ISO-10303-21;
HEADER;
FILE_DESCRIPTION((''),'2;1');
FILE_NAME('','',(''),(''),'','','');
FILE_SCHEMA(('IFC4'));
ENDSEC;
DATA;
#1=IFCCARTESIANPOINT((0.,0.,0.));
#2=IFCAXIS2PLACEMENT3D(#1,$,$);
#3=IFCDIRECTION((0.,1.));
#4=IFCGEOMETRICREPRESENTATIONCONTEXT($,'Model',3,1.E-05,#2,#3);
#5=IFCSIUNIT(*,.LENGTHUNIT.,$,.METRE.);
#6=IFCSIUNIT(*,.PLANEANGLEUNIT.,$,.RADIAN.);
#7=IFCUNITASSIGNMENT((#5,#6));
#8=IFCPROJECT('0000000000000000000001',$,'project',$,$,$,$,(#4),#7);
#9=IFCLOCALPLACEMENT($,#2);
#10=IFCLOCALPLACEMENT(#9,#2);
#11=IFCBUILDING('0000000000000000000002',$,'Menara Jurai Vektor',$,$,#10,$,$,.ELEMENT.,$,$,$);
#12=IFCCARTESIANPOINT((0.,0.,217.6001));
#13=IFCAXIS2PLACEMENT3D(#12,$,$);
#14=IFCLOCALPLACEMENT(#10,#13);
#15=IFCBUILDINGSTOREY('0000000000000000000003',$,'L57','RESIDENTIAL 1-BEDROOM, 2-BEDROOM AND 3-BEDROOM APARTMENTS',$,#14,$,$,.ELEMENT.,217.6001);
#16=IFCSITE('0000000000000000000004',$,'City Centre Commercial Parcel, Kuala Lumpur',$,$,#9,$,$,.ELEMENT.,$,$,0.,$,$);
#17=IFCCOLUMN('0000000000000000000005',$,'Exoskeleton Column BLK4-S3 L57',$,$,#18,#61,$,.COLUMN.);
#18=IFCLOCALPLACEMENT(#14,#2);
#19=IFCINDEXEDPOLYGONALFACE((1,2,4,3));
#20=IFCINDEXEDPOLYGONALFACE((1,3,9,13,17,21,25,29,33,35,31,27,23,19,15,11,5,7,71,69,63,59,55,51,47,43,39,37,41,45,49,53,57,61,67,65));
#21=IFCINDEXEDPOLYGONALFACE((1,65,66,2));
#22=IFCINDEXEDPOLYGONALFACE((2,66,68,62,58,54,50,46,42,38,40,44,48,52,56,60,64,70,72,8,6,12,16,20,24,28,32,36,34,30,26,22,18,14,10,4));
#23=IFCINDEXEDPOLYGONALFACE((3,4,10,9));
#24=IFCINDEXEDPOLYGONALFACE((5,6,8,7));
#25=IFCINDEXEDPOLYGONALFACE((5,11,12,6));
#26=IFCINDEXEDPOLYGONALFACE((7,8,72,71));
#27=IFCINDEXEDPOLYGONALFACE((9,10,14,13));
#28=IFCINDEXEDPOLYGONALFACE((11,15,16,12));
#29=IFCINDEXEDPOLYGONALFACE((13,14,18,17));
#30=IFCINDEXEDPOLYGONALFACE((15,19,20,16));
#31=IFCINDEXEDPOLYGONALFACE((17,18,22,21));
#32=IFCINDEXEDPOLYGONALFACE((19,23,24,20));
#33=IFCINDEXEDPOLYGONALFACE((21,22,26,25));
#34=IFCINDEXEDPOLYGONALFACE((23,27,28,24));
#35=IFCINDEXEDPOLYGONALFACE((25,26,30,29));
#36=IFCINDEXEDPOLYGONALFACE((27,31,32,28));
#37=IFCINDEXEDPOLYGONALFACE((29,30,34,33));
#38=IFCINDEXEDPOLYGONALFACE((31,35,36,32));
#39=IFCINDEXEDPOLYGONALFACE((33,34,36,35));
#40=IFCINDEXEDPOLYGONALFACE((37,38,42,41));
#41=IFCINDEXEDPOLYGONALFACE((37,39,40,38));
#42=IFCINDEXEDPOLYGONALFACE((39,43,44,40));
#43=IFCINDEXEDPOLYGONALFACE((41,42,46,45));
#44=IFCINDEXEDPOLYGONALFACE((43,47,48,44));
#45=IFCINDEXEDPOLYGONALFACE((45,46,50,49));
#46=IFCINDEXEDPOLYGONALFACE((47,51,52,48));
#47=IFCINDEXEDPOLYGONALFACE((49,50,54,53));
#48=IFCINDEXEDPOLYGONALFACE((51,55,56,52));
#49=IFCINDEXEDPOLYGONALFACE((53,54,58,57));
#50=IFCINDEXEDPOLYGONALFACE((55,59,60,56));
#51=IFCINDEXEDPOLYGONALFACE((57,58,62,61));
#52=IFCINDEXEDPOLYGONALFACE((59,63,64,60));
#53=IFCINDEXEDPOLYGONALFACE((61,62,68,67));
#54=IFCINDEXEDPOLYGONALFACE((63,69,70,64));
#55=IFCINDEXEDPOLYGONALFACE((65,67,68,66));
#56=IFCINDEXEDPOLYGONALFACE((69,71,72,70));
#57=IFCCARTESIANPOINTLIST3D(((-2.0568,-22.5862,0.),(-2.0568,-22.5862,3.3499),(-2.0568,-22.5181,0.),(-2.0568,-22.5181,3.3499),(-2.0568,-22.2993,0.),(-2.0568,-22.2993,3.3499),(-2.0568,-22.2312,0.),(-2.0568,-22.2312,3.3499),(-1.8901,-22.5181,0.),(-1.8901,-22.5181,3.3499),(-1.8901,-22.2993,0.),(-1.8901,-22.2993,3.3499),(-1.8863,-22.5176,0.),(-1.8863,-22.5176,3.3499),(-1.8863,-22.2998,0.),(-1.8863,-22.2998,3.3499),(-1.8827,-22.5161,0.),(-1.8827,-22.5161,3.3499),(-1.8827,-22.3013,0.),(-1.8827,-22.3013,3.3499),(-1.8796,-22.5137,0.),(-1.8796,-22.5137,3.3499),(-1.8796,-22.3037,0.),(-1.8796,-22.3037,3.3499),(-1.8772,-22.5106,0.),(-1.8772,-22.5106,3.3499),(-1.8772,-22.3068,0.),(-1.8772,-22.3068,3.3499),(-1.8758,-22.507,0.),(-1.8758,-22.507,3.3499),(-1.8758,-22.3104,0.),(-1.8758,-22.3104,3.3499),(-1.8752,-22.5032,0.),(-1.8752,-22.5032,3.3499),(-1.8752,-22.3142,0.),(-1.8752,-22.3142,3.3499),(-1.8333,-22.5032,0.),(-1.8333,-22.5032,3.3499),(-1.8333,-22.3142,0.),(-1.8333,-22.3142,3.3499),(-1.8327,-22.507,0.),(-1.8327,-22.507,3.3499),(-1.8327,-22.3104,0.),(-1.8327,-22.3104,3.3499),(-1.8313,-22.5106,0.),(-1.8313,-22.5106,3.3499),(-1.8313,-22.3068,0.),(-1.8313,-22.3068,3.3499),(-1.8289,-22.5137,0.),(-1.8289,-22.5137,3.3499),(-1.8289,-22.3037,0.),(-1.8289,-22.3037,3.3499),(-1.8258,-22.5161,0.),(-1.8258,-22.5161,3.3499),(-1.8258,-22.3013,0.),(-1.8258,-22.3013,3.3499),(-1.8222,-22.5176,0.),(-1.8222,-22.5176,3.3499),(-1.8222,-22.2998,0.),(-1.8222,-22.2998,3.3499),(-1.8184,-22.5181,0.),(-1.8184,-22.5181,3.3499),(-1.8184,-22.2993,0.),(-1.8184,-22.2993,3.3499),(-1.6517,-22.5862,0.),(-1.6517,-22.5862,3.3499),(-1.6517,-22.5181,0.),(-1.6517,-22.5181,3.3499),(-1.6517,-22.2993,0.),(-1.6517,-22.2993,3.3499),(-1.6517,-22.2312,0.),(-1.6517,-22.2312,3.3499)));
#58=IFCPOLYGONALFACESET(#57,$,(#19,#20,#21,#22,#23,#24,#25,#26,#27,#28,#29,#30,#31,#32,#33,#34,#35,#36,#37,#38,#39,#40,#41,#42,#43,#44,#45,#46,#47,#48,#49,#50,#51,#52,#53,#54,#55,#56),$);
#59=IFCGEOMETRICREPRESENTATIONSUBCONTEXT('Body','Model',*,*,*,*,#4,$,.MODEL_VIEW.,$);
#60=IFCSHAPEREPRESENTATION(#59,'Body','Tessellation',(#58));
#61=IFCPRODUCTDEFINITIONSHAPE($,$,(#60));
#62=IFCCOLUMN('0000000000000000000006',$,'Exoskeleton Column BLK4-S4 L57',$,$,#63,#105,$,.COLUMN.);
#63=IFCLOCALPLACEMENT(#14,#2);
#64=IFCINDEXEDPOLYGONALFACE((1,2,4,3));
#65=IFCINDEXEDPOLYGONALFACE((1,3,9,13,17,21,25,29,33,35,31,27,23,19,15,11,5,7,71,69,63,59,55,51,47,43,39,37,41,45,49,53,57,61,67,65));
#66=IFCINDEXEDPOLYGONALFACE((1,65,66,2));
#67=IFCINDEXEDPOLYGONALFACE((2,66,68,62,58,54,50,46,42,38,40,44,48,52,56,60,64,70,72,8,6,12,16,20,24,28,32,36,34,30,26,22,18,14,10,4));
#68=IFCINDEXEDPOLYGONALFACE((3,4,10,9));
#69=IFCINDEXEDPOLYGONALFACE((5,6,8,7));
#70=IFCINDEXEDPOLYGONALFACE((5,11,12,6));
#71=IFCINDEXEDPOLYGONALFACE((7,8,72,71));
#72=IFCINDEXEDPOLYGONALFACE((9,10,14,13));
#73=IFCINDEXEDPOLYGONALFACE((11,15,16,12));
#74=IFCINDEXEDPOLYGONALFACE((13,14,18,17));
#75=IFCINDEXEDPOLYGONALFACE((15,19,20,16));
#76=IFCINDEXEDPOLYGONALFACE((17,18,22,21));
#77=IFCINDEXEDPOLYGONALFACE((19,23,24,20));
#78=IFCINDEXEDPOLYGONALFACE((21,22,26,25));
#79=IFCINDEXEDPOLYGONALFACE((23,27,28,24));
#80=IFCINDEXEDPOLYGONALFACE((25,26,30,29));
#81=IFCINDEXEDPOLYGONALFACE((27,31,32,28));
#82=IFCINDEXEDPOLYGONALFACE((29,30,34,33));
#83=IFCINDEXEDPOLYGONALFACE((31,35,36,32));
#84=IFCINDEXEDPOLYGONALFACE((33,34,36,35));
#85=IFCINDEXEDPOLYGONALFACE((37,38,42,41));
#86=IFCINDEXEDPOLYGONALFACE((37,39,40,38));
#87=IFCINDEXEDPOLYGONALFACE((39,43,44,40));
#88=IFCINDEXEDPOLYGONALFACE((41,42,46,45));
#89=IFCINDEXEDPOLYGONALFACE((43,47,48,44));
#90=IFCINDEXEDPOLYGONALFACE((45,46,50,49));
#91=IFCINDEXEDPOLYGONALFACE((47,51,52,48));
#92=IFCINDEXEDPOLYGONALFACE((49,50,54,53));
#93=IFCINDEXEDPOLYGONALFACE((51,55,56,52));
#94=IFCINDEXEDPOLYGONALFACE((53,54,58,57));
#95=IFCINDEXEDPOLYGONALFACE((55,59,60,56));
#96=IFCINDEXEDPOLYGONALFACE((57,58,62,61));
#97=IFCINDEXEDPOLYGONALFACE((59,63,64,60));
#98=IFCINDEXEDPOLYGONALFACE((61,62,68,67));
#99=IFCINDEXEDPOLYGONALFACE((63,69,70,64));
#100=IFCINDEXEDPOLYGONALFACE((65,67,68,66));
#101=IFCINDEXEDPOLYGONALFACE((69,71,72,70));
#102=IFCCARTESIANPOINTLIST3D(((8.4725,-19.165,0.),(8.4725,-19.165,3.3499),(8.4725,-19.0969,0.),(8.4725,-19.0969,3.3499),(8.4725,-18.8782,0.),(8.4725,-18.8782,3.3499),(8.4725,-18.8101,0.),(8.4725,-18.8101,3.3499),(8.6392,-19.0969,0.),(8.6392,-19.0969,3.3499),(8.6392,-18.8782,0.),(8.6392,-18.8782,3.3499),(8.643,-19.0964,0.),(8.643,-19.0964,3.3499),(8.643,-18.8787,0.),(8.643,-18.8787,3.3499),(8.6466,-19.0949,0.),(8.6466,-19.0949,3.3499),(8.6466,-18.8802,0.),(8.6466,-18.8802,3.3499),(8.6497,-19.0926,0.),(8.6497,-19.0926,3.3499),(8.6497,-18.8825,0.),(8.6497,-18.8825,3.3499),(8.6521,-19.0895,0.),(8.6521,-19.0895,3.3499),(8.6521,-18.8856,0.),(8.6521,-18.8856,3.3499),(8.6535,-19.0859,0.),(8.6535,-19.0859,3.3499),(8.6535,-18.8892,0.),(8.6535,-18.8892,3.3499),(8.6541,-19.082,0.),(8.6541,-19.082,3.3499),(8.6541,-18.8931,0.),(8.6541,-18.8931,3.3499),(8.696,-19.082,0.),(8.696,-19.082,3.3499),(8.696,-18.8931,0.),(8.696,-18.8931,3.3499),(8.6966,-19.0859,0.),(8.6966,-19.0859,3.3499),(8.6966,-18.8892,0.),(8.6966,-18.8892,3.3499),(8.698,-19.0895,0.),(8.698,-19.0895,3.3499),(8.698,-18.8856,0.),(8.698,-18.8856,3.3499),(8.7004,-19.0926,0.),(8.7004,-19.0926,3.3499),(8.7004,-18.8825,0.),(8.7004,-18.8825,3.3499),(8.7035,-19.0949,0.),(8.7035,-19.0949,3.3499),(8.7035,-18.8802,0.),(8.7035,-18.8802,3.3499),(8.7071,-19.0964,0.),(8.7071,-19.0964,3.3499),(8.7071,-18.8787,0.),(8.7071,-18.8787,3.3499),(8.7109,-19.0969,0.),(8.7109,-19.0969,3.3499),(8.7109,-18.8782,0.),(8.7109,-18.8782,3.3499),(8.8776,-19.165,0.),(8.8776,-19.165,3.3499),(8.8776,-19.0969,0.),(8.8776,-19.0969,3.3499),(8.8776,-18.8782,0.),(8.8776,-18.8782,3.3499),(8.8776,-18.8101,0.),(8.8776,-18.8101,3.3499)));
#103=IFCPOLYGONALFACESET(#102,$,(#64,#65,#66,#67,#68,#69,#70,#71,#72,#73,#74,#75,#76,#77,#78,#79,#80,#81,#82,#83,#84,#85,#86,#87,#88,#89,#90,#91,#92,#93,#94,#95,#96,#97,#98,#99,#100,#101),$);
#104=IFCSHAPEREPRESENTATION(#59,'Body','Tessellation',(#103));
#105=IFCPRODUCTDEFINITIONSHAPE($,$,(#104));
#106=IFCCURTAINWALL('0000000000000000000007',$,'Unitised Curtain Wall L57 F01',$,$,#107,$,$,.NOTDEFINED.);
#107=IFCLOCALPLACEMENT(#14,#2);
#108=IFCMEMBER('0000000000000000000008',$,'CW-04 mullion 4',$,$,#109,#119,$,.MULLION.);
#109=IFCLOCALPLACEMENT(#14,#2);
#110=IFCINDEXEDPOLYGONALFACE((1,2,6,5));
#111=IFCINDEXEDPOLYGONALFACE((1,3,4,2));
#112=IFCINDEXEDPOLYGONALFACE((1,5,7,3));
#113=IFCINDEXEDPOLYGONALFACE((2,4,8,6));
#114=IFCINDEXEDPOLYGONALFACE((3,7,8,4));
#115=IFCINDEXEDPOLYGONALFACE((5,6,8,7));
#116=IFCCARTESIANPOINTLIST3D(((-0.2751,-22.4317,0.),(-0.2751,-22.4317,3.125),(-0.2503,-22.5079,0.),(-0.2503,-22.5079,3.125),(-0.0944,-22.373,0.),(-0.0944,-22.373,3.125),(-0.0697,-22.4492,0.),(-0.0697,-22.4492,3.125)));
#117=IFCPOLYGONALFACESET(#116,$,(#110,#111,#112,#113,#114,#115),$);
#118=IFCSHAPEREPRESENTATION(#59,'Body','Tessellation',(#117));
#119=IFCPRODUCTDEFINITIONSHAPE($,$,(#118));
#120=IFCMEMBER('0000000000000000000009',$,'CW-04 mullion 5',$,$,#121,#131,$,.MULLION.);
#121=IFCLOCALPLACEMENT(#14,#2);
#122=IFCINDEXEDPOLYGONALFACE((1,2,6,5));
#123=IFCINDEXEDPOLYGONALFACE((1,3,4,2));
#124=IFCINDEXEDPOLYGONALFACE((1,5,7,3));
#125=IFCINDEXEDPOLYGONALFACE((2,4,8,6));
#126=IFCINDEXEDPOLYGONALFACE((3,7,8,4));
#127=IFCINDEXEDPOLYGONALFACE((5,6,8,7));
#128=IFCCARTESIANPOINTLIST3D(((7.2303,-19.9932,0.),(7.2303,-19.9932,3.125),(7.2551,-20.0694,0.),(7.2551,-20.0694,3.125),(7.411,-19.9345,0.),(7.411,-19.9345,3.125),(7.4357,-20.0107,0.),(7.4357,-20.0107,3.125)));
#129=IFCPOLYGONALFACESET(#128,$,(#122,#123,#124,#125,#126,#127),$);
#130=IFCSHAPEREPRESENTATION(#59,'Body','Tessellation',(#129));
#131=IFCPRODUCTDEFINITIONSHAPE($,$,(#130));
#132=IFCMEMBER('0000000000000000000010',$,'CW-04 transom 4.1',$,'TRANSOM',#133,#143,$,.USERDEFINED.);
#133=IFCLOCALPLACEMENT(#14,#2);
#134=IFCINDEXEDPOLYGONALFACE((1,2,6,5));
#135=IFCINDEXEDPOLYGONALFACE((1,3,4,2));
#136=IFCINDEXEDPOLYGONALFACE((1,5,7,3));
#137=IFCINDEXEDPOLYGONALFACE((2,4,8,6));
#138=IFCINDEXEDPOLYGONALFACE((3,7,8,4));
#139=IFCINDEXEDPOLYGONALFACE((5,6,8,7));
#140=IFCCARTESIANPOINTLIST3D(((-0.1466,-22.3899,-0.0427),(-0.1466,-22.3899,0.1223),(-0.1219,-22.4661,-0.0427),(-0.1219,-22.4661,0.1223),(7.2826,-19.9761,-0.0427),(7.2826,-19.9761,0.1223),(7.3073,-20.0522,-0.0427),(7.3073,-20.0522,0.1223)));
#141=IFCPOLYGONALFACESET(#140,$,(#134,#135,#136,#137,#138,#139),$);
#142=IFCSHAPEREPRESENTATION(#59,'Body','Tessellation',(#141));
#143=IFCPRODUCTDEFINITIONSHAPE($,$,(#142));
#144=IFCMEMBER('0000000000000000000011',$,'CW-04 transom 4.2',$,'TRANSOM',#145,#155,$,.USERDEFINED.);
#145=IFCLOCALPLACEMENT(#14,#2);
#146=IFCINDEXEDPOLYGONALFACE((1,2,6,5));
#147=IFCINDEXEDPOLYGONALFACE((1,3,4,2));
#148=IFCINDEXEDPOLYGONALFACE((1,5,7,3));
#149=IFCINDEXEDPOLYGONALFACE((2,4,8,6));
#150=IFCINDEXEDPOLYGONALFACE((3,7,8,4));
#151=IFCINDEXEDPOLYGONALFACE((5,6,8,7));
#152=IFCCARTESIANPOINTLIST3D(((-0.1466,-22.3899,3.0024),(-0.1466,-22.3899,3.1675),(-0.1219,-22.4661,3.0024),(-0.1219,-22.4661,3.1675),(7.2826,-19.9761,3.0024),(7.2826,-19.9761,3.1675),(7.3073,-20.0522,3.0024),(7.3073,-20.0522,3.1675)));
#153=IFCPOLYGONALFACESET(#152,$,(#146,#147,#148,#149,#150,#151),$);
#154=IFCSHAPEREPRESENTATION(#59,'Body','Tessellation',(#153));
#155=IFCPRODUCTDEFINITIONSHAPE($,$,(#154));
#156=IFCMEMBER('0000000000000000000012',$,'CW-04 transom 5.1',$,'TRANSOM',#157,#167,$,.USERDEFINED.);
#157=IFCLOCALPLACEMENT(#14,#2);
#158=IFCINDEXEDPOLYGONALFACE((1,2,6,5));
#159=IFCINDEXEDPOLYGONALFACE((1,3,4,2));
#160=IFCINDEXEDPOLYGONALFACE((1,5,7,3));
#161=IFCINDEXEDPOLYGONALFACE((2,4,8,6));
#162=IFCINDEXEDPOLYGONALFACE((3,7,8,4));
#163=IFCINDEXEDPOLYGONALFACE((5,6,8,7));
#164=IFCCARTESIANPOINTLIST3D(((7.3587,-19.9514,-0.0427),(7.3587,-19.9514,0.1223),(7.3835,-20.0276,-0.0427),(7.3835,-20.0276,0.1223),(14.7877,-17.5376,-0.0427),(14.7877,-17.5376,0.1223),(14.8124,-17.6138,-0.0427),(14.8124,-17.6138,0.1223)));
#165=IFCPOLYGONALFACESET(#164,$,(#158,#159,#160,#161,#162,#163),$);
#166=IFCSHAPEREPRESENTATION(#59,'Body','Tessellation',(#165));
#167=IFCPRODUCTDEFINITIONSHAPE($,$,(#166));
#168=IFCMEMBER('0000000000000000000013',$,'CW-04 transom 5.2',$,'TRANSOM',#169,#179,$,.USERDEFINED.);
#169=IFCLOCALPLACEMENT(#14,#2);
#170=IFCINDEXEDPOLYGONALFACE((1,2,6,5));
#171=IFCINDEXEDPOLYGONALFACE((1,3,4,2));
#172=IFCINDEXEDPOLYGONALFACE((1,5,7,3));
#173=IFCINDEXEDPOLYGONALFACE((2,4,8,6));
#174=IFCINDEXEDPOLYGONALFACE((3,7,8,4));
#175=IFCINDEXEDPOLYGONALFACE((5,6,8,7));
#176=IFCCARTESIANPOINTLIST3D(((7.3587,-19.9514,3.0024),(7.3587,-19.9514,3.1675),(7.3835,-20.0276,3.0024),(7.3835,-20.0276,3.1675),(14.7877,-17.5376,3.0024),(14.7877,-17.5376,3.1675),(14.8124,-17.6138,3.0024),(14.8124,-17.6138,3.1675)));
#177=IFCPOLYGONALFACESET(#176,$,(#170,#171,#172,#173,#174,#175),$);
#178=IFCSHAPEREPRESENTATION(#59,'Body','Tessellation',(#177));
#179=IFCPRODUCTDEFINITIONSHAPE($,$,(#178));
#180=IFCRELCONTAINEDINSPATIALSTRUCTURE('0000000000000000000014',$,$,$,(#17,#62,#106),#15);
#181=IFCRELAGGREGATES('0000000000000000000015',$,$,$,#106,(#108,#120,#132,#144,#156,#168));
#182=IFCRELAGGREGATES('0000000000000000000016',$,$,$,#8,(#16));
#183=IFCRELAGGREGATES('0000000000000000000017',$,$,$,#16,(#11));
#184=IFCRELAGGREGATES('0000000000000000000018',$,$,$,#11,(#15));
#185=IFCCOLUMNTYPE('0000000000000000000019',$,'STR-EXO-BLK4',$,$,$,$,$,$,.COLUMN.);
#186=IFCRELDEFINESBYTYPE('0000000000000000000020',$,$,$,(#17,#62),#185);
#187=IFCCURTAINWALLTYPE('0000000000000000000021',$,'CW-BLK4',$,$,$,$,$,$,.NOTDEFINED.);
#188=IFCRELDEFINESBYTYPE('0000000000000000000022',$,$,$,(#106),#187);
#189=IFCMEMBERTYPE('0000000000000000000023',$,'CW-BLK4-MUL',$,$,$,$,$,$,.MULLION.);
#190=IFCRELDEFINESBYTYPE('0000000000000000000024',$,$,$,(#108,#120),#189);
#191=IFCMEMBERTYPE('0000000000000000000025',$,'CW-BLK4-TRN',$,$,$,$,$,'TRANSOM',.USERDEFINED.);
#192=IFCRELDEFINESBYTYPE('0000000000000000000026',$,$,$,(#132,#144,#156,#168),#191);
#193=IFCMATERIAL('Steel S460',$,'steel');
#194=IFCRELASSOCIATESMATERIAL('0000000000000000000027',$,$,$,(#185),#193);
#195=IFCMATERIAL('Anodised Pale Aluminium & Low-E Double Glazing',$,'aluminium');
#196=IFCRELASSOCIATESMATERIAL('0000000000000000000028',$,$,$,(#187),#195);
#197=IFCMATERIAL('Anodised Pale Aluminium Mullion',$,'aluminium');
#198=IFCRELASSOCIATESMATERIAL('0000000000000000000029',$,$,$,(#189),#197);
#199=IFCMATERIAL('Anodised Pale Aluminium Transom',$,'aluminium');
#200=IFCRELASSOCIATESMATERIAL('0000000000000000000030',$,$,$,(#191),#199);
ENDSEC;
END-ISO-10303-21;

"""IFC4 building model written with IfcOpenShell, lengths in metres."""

from ifc_helpers import new_model, si_unit, direction, frame, origin, origin_2d, place, context, subcontext, project, spatial, rectangle, i_section, extrude, material, material_profile, profile_set, type_object, element, aggregate, save


model = new_model("IFC4")

# Units and contexts
model_context = context("Model", 3, precision=1e-05, world=origin(), true_north=direction((0.0, 1.0)))
body_context = subcontext(model_context, "Body", "Model", "MODEL_VIEW")
ifc_project = project(units=[si_unit("LENGTHUNIT", "METRE"), si_unit("PLANEANGLEUNIT", "RADIAN")], contexts=[model_context])

# Site, building, storey
site_placement = place(None, origin())
site = spatial("IfcSite", under=ifc_project, at=site_placement, Name="City Centre Commercial Parcel, Kuala Lumpur", CompositionType="ELEMENT", RefElevation=0.0)
building_placement = place(site_placement, origin())
building = spatial("IfcBuilding", under=site, at=building_placement, Name="Menara Jurai Vektor", CompositionType="ELEMENT")
storey_placement = place(building_placement, frame((0.0, 0.0, 217.6001)))
storey = spatial("IfcBuildingStorey", under=building, at=storey_placement, Name="L57", Description="RESIDENTIAL 1-BEDROOM, 2-BEDROOM AND 3-BEDROOM APARTMENTS", CompositionType="ELEMENT", Elevation=217.6001)

# Columns
ifc_material_1 = material(Name="Steel S460", Category="steel")
ifc_material_profile_1 = material_profile(ifc_material_1, i_section(OverallWidth=0.405, OverallDepth=0.355, WebThickness=0.042, FlangeThickness=0.0681, FilletRadius=0.0149, at=origin_2d()), Name="HD 400x551")
ifc_profile_set_1 = profile_set([ifc_material_profile_1], Name="Steel S460")
column_type = type_object("IfcColumnType", Name="STR-EXO-BLK4", PredefinedType="COLUMN", material=ifc_profile_set_1)
for number, where, z_axis, x_axis, name in (
    (1, (-1.8542, -22.4087, 0.0), (0.0, 0.0, 1.0), (1.0, 0.0, 0.0), "Exoskeleton Column BLK4-S3 L57"),
    (2, (8.675, -18.9875, 0.0), (0.0, 0.0, 1.0), (1.0, 0.0, 0.0), "Exoskeleton Column BLK4-S4 L57"),
):
    element("IfcColumn", number, at=place(storey_placement, frame(where, z_axis=z_axis, x_axis=x_axis)), inside=storey, type_object=column_type, Name=name, PredefinedType="COLUMN", context=body_context, shape_type="SweptSolid", body=[
        extrude(i_section(OverallWidth=0.405, OverallDepth=0.355, WebThickness=0.042, FlangeThickness=0.0681, FilletRadius=0.0149, at=origin_2d()), origin(), (0.0, 0.0, 1.0), 3.3499),
    ])

# Curtain wall, members
ifc_material_2 = material(Name="Anodised Pale Aluminium & Low-E Double Glazing", Category="aluminium")
curtain_wall_type = type_object("IfcCurtainWallType", Name="CW-BLK4", PredefinedType="NOTDEFINED", material=ifc_material_2)
curtain_wall_placement = place(storey_placement, origin())
curtain_wall = element("IfcCurtainWall", 3, at=curtain_wall_placement, inside=storey, type_object=curtain_wall_type, Name="Unitised Curtain Wall L57 F01", PredefinedType="NOTDEFINED")
ifc_material_3 = material(Name="Anodised Pale Aluminium Mullion", Category="aluminium")
ifc_material_profile_2 = material_profile(ifc_material_3, rectangle(XDim=0.0801, YDim=0.1899, at=origin_2d()), Name="ALU MUL 80x190")
ifc_profile_set_2 = profile_set([ifc_material_profile_2], Name="Anodised Pale Aluminium Mullion")
member_type_1 = type_object("IfcMemberType", Name="CW-BLK4-MUL", PredefinedType="MULLION", material=ifc_profile_set_2)
member_1_placement = place(storey_placement, frame((-0.1724, -22.4404, 0.0), z_axis=(0.0, 0.0, 1.0), x_axis=(-0.309017, 0.951056, 0.0)))
member_1 = element("IfcMember", 4, at=member_1_placement, type_object=member_type_1, Name="CW-04 mullion 4", PredefinedType="MULLION", context=body_context, shape_type="SweptSolid", body=[
    extrude(rectangle(XDim=0.0801, YDim=0.1899, at=origin_2d()), origin(), (0.0, 0.0, 1.0), 3.125),
])
member_2_placement = place(storey_placement, frame((7.333, -20.002, 0.0), z_axis=(0.0, 0.0, 1.0), x_axis=(-0.309017, 0.951056, 0.0)))
member_2 = element("IfcMember", 5, at=member_2_placement, type_object=member_type_1, Name="CW-04 mullion 5", PredefinedType="MULLION", context=body_context, shape_type="SweptSolid", body=[
    extrude(rectangle(XDim=0.0801, YDim=0.1899, at=origin_2d()), origin(), (0.0, 0.0, 1.0), 3.125),
])
ifc_material_4 = material(Name="Anodised Pale Aluminium Transom", Category="aluminium")
ifc_material_profile_3 = material_profile(ifc_material_4, rectangle(XDim=0.0801, YDim=0.165, at=origin_2d()), Name="ALU TRN 80x165")
ifc_profile_set_3 = profile_set([ifc_material_profile_3], Name="Anodised Pale Aluminium Transom")
member_type_2 = type_object("IfcMemberType", Name="CW-BLK4-TRN", ElementType="TRANSOM", PredefinedType="USERDEFINED", material=ifc_profile_set_3)
member_3_placement = place(storey_placement, frame((-0.1343, -22.428, 0.0398), z_axis=(0.951059, 0.309008, 0.0), x_axis=(-0.309008, 0.951059, 0.0)))
member_3 = element("IfcMember", 6, at=member_3_placement, type_object=member_type_2, Name="CW-04 transom 4.1", ObjectType="TRANSOM", PredefinedType="USERDEFINED", context=body_context, shape_type="SweptSolid", body=[
    extrude(rectangle(XDim=0.0801, YDim=0.165, at=origin_2d()), origin(), (0.0, 0.0, 1.0), 7.8115),
])
member_4_placement = place(storey_placement, frame((-0.1343, -22.428, 3.085), z_axis=(0.951059, 0.309008, 0.0), x_axis=(-0.309008, 0.951059, 0.0)))
member_4 = element("IfcMember", 7, at=member_4_placement, type_object=member_type_2, Name="CW-04 transom 4.2", ObjectType="TRANSOM", PredefinedType="USERDEFINED", context=body_context, shape_type="SweptSolid", body=[
    extrude(rectangle(XDim=0.0801, YDim=0.165, at=origin_2d()), origin(), (0.0, 0.0, 1.0), 7.8115),
])
member_5_placement = place(storey_placement, frame((7.3711, -19.9895, 0.0398), z_axis=(0.951056, 0.309018, 0.0), x_axis=(-0.309018, 0.951056, 0.0)))
member_5 = element("IfcMember", 8, at=member_5_placement, type_object=member_type_2, Name="CW-04 transom 5.1", ObjectType="TRANSOM", PredefinedType="USERDEFINED", context=body_context, shape_type="SweptSolid", body=[
    extrude(rectangle(XDim=0.0801, YDim=0.165, at=origin_2d()), origin(), (0.0, 0.0, 1.0), 7.8113),
])
member_6_placement = place(storey_placement, frame((7.3711, -19.9895, 3.085), z_axis=(0.951056, 0.309018, 0.0), x_axis=(-0.309018, 0.951056, 0.0)))
member_6 = element("IfcMember", 9, at=member_6_placement, type_object=member_type_2, Name="CW-04 transom 5.2", ObjectType="TRANSOM", PredefinedType="USERDEFINED", context=body_context, shape_type="SweptSolid", body=[
    extrude(rectangle(XDim=0.0801, YDim=0.165, at=origin_2d()), origin(), (0.0, 0.0, 1.0), 7.8113),
])

aggregate(curtain_wall, [member_1, member_2, member_3, member_4, member_5, member_6])

save(model, "model.ifc")
